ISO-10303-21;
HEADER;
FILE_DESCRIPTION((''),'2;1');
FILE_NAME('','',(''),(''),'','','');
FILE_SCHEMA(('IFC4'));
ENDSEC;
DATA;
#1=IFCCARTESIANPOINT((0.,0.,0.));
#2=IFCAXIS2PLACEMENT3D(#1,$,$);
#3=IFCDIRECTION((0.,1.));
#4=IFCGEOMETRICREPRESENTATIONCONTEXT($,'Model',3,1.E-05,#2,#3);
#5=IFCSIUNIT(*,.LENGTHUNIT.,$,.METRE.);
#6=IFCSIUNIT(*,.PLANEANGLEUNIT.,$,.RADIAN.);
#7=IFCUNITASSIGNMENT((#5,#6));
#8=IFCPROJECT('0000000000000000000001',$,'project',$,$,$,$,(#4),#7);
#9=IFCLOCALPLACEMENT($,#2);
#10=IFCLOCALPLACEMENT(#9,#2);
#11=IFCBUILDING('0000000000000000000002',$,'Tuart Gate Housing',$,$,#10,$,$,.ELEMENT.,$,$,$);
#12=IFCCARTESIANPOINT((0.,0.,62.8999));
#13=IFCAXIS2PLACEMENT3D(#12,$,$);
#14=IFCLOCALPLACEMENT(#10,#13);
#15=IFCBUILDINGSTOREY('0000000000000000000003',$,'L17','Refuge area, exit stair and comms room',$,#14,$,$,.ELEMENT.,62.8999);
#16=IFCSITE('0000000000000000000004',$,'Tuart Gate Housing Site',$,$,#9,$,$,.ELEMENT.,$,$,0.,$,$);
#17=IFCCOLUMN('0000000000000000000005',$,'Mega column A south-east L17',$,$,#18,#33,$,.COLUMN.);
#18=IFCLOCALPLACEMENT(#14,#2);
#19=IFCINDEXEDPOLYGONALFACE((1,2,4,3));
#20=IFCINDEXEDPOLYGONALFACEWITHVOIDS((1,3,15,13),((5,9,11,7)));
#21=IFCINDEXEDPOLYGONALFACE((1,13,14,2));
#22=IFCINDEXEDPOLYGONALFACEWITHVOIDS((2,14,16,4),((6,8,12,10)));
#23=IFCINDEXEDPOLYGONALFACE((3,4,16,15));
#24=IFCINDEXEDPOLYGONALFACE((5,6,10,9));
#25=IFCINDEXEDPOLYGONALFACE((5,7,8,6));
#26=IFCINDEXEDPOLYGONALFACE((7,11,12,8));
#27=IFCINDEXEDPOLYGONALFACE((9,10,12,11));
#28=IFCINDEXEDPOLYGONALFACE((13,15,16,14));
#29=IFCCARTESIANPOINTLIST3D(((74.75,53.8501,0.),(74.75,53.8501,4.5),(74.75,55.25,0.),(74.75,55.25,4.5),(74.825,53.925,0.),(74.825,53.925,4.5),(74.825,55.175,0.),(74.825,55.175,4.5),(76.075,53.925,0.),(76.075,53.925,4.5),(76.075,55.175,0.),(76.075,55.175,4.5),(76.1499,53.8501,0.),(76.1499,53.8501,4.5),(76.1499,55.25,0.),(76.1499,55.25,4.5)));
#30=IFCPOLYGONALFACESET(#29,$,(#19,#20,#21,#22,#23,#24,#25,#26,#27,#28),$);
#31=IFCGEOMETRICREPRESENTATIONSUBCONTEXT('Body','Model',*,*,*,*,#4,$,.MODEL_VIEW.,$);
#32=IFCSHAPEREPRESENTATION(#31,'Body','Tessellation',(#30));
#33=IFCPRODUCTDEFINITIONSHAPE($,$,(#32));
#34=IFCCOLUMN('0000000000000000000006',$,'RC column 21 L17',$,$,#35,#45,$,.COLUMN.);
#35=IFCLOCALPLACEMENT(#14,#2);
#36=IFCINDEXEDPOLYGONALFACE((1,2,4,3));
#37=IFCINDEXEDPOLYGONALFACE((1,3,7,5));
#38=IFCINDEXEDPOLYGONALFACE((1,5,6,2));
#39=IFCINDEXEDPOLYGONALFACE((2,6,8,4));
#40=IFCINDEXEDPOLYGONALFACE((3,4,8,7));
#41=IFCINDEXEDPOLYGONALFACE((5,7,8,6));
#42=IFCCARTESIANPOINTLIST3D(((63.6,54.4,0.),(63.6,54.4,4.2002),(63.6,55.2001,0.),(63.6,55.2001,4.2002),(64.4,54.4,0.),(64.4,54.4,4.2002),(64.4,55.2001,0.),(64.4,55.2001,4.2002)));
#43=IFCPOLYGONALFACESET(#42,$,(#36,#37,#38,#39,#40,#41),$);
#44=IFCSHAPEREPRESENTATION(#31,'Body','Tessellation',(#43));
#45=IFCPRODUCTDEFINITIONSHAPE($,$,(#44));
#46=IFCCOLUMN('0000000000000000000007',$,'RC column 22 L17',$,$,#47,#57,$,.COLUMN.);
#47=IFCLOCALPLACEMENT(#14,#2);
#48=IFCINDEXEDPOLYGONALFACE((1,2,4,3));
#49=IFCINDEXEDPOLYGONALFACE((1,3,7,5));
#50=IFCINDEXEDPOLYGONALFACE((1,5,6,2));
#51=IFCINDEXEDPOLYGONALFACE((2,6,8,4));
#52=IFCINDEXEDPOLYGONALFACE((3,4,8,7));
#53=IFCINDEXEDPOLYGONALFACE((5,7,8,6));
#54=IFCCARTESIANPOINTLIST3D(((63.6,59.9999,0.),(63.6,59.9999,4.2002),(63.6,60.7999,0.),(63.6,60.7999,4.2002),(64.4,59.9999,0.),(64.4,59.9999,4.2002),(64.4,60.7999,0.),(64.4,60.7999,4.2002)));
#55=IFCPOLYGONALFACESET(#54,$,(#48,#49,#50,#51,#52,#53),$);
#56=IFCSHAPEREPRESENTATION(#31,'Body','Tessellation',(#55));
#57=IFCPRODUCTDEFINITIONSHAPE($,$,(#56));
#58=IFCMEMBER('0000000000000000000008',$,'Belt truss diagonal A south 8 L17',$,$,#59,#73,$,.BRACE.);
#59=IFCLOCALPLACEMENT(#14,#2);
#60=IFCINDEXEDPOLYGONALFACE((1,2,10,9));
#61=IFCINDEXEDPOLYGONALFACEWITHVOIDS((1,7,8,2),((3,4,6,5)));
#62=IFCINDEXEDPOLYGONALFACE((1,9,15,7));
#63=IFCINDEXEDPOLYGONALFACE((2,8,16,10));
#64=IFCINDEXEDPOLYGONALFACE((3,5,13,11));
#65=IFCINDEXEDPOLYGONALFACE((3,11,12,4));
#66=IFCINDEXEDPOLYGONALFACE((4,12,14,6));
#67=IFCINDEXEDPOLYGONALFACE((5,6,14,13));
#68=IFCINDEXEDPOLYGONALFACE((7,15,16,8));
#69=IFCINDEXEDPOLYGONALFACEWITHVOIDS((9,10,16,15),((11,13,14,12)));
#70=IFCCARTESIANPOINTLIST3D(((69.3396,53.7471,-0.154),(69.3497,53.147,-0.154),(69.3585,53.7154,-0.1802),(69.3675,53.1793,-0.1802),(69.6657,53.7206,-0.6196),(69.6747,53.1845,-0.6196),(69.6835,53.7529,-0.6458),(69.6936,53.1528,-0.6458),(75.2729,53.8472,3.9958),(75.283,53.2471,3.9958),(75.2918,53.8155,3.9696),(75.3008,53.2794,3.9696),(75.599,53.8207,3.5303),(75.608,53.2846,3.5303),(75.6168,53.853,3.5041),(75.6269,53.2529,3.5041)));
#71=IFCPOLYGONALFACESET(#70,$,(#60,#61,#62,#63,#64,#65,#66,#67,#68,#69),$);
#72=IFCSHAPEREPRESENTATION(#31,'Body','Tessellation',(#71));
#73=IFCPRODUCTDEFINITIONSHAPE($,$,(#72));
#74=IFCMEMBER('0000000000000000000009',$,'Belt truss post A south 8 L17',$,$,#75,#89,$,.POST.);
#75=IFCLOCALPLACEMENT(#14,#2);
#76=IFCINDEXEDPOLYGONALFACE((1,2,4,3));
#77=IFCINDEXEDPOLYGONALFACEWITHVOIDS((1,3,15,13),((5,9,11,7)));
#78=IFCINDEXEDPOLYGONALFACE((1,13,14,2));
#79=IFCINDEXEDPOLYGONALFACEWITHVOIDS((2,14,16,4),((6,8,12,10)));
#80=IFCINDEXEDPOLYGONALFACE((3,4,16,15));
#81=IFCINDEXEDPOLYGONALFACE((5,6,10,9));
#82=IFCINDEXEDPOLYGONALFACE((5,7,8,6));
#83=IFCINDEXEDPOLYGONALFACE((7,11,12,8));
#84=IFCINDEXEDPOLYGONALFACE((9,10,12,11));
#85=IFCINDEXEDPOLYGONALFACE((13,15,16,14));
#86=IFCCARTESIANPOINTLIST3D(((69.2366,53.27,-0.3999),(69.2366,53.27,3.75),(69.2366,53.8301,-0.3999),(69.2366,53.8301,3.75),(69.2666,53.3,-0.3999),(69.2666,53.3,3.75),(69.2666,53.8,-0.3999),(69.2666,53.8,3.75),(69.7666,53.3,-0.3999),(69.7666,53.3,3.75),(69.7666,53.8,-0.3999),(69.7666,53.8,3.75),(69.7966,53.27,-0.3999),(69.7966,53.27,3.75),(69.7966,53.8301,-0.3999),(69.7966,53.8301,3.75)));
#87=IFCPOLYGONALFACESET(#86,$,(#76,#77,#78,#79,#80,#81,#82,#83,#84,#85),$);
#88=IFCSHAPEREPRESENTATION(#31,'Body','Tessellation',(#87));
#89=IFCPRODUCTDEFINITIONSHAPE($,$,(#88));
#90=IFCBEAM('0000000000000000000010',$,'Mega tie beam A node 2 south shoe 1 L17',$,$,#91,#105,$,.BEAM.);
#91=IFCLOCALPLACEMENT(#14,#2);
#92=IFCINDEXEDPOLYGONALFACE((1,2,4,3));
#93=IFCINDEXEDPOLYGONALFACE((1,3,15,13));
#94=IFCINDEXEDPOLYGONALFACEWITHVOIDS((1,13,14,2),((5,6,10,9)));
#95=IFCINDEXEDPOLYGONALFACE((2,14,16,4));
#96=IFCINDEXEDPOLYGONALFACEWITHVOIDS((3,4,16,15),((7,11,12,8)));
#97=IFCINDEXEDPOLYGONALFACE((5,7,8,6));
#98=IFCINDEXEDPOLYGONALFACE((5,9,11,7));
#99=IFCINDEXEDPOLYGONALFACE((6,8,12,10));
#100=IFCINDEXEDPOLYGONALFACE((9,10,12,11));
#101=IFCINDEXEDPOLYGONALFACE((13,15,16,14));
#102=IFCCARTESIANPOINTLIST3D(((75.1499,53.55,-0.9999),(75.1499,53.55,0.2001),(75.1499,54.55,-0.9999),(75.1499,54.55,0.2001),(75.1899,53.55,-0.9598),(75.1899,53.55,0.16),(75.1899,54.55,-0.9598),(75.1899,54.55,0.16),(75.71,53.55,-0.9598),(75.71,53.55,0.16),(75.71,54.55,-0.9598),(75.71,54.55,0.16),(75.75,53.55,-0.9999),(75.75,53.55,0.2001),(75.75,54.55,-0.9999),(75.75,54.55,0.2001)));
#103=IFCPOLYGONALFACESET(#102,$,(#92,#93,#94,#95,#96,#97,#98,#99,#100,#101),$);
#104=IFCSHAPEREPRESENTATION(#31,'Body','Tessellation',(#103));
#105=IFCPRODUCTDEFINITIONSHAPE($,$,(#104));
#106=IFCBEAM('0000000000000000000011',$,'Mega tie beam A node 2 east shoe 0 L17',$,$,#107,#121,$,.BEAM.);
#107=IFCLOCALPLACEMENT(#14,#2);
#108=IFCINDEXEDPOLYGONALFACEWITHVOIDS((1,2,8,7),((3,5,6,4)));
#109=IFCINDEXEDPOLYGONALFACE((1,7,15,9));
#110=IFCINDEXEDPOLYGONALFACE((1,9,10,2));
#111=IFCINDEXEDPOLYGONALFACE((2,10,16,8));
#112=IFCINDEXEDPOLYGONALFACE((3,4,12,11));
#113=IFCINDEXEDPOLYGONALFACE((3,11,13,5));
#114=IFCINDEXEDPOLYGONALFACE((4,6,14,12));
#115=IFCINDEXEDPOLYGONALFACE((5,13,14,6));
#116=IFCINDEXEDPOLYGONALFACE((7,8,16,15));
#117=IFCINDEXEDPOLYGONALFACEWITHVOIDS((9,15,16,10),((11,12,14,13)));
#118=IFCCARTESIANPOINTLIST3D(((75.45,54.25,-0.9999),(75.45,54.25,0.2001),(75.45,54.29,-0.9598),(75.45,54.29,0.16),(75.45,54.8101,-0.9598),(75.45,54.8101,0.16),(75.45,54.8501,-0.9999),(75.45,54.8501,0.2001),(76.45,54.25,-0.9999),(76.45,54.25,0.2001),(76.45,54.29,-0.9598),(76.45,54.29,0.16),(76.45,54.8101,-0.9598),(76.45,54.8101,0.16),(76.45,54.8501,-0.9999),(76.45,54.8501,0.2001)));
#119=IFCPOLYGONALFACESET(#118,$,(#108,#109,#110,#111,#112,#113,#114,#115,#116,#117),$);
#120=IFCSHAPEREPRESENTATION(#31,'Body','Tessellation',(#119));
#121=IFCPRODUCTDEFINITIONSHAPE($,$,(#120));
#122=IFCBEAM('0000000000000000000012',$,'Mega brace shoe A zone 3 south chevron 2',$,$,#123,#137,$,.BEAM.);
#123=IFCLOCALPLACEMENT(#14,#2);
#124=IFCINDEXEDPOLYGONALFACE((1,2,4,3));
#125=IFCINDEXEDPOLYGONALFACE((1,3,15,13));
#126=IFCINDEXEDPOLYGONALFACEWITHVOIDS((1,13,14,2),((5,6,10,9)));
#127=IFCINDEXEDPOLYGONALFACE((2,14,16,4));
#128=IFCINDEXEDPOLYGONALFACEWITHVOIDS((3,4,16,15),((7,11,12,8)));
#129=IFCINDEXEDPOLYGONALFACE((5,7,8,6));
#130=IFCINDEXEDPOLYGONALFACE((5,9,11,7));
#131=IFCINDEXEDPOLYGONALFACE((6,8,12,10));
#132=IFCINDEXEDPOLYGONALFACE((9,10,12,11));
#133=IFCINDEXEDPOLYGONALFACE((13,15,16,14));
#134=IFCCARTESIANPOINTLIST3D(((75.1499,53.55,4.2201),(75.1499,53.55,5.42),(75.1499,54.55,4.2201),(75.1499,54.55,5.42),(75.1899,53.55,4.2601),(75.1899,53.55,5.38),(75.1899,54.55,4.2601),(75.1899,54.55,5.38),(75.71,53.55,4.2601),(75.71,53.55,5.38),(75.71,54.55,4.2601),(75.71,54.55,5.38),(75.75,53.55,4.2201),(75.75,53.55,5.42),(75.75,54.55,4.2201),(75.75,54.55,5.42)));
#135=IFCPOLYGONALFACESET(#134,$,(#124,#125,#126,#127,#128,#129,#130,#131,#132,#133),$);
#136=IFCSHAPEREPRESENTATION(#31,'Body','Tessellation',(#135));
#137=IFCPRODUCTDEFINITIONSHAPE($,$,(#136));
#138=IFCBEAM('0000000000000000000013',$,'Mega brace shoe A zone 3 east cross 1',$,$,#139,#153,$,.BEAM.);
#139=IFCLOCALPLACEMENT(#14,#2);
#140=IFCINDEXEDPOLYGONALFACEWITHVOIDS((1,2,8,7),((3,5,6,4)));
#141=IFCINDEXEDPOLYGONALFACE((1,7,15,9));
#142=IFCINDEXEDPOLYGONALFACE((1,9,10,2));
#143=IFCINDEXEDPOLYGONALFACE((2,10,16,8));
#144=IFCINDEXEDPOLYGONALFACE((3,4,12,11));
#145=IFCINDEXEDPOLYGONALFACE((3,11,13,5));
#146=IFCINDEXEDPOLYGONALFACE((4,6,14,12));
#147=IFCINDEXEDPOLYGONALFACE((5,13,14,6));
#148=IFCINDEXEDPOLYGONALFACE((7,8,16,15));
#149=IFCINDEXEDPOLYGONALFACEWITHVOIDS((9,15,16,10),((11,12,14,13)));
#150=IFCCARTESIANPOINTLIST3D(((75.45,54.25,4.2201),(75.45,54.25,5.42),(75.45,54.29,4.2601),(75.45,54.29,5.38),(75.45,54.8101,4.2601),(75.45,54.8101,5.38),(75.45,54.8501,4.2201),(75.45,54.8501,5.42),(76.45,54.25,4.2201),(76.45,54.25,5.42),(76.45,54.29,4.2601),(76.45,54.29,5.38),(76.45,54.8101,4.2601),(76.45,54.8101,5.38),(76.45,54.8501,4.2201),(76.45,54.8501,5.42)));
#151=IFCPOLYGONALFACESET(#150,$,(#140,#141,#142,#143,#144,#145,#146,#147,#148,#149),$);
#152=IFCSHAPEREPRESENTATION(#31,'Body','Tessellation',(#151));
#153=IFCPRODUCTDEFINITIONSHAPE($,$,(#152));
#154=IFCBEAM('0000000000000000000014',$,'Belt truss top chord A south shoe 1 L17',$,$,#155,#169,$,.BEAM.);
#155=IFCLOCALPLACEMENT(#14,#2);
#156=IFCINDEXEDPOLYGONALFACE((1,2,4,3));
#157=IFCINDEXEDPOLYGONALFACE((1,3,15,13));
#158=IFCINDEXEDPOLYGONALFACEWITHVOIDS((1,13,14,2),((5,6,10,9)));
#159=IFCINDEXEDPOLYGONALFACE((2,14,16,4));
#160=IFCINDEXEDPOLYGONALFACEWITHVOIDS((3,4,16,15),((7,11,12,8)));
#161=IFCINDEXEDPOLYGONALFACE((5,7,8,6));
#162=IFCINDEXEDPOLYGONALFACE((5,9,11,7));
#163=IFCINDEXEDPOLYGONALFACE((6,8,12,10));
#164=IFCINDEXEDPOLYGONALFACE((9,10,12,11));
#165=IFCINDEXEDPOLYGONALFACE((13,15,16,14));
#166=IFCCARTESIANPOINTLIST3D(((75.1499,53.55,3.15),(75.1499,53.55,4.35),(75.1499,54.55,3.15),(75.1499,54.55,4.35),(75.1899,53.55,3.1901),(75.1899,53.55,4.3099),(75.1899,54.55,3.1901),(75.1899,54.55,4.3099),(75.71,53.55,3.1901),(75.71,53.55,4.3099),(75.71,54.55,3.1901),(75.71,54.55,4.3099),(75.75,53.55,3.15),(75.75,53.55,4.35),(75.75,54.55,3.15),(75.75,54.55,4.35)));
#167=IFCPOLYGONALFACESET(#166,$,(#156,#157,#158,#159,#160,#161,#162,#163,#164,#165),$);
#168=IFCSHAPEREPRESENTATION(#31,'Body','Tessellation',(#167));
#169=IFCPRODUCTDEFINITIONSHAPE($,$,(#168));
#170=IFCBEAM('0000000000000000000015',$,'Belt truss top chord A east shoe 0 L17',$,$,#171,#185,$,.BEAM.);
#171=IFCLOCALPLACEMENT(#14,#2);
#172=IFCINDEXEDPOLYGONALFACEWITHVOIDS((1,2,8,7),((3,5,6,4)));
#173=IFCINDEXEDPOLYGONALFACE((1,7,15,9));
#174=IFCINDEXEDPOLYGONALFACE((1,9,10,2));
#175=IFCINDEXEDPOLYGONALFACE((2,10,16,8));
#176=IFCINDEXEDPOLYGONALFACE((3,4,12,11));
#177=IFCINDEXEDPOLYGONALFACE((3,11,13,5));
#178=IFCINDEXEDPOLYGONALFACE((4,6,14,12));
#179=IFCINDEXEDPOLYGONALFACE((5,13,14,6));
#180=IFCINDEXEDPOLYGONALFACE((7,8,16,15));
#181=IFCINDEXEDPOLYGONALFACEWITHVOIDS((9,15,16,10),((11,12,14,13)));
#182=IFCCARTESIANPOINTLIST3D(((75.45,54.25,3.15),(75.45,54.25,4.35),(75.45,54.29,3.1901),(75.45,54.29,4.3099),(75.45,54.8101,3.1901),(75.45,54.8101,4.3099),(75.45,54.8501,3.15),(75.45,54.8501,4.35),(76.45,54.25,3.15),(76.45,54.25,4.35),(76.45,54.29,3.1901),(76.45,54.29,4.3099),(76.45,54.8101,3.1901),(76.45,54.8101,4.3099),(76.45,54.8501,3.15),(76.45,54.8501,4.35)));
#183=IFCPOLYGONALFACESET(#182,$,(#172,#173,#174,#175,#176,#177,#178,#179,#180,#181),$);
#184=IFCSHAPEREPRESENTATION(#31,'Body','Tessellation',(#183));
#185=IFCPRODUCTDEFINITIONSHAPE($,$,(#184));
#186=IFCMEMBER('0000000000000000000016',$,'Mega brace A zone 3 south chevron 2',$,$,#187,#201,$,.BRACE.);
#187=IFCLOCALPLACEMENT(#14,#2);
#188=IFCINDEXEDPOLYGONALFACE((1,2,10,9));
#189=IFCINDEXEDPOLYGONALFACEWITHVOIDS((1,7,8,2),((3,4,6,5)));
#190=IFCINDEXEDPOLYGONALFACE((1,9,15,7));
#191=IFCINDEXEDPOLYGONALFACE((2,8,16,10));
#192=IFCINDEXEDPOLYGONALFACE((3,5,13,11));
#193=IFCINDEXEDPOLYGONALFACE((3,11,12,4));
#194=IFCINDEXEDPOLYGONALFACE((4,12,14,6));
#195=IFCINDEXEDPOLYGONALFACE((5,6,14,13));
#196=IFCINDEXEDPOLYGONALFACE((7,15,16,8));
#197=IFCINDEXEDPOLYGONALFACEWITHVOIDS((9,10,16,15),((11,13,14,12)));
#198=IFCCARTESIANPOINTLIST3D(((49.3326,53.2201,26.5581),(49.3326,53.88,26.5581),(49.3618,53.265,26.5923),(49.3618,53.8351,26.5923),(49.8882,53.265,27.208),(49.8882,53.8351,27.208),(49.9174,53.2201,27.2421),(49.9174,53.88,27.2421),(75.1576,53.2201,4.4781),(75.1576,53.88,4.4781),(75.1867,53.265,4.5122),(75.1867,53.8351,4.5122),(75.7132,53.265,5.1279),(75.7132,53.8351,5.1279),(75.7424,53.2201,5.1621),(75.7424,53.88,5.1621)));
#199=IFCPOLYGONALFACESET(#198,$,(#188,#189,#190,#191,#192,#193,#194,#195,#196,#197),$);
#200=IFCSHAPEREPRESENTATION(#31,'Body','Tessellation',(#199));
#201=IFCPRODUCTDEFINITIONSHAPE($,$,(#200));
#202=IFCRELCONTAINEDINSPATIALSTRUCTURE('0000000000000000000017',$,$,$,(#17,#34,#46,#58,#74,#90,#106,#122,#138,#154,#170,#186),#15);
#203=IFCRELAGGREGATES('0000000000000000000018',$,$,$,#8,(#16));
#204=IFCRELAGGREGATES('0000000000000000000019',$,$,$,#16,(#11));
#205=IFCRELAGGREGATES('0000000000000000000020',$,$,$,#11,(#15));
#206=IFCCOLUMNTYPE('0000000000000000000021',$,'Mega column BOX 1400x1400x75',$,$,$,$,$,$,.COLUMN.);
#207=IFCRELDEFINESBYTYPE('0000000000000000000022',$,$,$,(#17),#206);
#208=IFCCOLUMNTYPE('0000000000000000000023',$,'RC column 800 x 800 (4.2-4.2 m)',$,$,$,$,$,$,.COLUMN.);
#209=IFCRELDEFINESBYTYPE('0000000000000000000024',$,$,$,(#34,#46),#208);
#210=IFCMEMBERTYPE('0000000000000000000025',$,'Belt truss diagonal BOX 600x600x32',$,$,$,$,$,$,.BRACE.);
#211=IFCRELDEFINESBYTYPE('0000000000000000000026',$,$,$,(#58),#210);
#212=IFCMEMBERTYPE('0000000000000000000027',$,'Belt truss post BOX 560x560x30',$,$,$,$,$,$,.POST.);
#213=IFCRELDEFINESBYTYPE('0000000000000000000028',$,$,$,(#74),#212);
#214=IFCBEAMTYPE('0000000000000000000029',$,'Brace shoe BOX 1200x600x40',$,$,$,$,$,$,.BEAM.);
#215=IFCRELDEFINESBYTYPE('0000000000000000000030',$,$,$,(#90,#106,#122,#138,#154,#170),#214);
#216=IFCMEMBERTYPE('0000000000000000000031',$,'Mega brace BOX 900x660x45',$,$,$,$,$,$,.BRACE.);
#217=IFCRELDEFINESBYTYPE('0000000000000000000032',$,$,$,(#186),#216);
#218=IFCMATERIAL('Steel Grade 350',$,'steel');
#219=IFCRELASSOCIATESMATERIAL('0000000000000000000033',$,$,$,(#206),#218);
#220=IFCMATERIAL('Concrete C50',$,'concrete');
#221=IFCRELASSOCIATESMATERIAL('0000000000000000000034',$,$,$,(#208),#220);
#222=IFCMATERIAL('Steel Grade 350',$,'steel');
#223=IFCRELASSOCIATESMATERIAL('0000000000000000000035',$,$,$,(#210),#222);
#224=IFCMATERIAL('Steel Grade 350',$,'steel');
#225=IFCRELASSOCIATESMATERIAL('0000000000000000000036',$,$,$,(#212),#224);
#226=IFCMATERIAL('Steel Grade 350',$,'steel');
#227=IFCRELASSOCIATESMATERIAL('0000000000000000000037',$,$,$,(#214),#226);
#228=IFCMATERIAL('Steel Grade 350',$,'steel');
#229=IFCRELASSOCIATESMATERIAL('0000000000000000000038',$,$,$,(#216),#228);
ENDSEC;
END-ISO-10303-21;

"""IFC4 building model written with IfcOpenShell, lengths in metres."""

from ifc_helpers import new_model, si_unit, direction, frame, origin, origin_2d, place, context, subcontext, project, spatial, rectangle, hollow_rectangle, extrude, material, material_profile, profile_set, type_object, element, save


model = new_model("IFC4")

# Units and contexts
model_context = context("Model", 3, precision=1e-05, world=origin(), true_north=direction((0.0, 1.0)))
body_context = subcontext(model_context, "Body", "Model", "MODEL_VIEW")
ifc_project = project(units=[si_unit("LENGTHUNIT", "METRE"), si_unit("PLANEANGLEUNIT", "RADIAN")], contexts=[model_context])

# Site, building, storey
site_placement = place(None, origin())
site = spatial("IfcSite", under=ifc_project, at=site_placement, Name="Tuart Gate Housing Site", CompositionType="ELEMENT", RefElevation=0.0)
building_placement = place(site_placement, origin())
building = spatial("IfcBuilding", under=site, at=building_placement, Name="Tuart Gate Housing", CompositionType="ELEMENT")
storey_placement = place(building_placement, frame((0.0, 0.0, 62.8999)))
storey = spatial("IfcBuildingStorey", under=building, at=storey_placement, Name="L17", Description="Refuge area, exit stair and comms room", CompositionType="ELEMENT", Elevation=62.8999)

# Columns
ifc_material_1 = material(Name="Steel Grade 350", Category="steel")
ifc_material_profile_1 = material_profile(ifc_material_1, hollow_rectangle(XDim=1.3999, YDim=1.3999, WallThickness=0.075, at=origin_2d()), Name="BOX 1400x1400x75")
ifc_profile_set_1 = profile_set([ifc_material_profile_1], Name="Steel Grade 350")
column_type_1 = type_object("IfcColumnType", Name="Mega column BOX 1400x1400x75", PredefinedType="COLUMN", material=ifc_profile_set_1)
column_placement = place(storey_placement, frame((75.45, 54.55, 0.0), z_axis=(0.0, 0.0, 1.0), x_axis=(1.0, 0.0, 0.0)))
element("IfcColumn", 1, at=column_placement, inside=storey, type_object=column_type_1, Name="Mega column A south-east L17", PredefinedType="COLUMN", context=body_context, shape_type="SweptSolid", body=[
    extrude(hollow_rectangle(XDim=1.3999, YDim=1.3999, WallThickness=0.075, at=origin_2d()), origin(), (0.0, 0.0, 1.0), 4.5),
])
ifc_material_2 = material(Name="Concrete C50", Category="concrete")
ifc_material_profile_2 = material_profile(ifc_material_2, rectangle(XDim=0.8, YDim=0.8, at=origin_2d()), Name="RC column 800 x 800 (4.2-4.2 m)")
ifc_profile_set_2 = profile_set([ifc_material_profile_2], Name="Concrete C50")
column_type_2 = type_object("IfcColumnType", Name="RC column 800 x 800 (4.2-4.2 m)", PredefinedType="COLUMN", material=ifc_profile_set_2)
for number, where, z_axis, x_axis, name in (
    (2, (64.0, 54.8, 0.0), (0.0, 0.0, 1.0), (1.0, 0.0, 0.0), "RC column 21 L17"),
    (3, (64.0, 60.3999, 0.0), (0.0, 0.0, 1.0), (1.0, 0.0, 0.0), "RC column 22 L17"),
):
    element("IfcColumn", number, at=place(storey_placement, frame(where, z_axis=z_axis, x_axis=x_axis)), inside=storey, type_object=column_type_2, Name=name, PredefinedType="COLUMN", context=body_context, shape_type="SweptSolid", body=[
        extrude(rectangle(XDim=0.8, YDim=0.8, at=origin_2d()), origin(), (0.0, 0.0, 1.0), 4.2002),
    ])

# Members
ifc_material_3 = material(Name="Steel Grade 350", Category="steel")
ifc_material_profile_3 = material_profile(ifc_material_3, hollow_rectangle(XDim=0.6001, YDim=0.6001, WallThickness=0.032, at=origin_2d()), Name="BOX 600x600x32")
ifc_profile_set_3 = profile_set([ifc_material_profile_3], Name="Steel Grade 350")
member_type_1 = type_object("IfcMemberType", Name="Belt truss diagonal BOX 600x600x32", PredefinedType="BRACE", material=ifc_profile_set_3)
member_1_placement = place(storey_placement, frame((69.5166, 53.45, -0.3999), z_axis=(0.819377, 0.013823, 0.573088), x_axis=(-0.016868, 0.999858, 0.0)))
element("IfcMember", 4, at=member_1_placement, inside=storey, type_object=member_type_1, Name="Belt truss diagonal A south 8 L17", PredefinedType="BRACE", context=body_context, shape_type="SweptSolid", body=[
    extrude(hollow_rectangle(XDim=0.6001, YDim=0.6001, WallThickness=0.032, at=origin_2d()), origin(), (0.0, 0.0, 1.0), 7.2412),
])
ifc_material_4 = material(Name="Steel Grade 350", Category="steel")
ifc_material_profile_4 = material_profile(ifc_material_4, hollow_rectangle(XDim=0.5601, YDim=0.5601, WallThickness=0.03, at=origin_2d()), Name="BOX 560x560x30")
ifc_profile_set_4 = profile_set([ifc_material_profile_4], Name="Steel Grade 350")
member_type_2 = type_object("IfcMemberType", Name="Belt truss post BOX 560x560x30", PredefinedType="POST", material=ifc_profile_set_4)
member_2_placement = place(storey_placement, frame((69.5166, 53.55, -0.3999), z_axis=(0.0, 0.0, 1.0), x_axis=(1.0, 0.0, 0.0)))
element("IfcMember", 5, at=member_2_placement, inside=storey, type_object=member_type_2, Name="Belt truss post A south 8 L17", PredefinedType="POST", context=body_context, shape_type="SweptSolid", body=[
    extrude(hollow_rectangle(XDim=0.5601, YDim=0.5601, WallThickness=0.03, at=origin_2d()), origin(), (0.0, 0.0, 1.0), 4.1499),
])

# Beams
ifc_material_5 = material(Name="Steel Grade 350", Category="steel")
ifc_material_profile_5 = material_profile(ifc_material_5, hollow_rectangle(XDim=0.6001, YDim=1.2, WallThickness=0.04, at=origin_2d()), Name="BOX 1200x600x40")
ifc_profile_set_5 = profile_set([ifc_material_profile_5], Name="Steel Grade 350")
beam_type_1 = type_object("IfcBeamType", Name="Brace shoe BOX 1200x600x40", PredefinedType="BEAM", material=ifc_profile_set_5)
for number, where, z_axis, x_axis, name in (
    (6, (75.45, 54.55, -0.3999), (0.0, -1.0, 0.0), (1.0, 0.0, 0.0), "Mega tie beam A node 2 south shoe 1 L17"),
    (7, (75.45, 54.55, -0.3999), (1.0, 0.0, 0.0), (0.0, 1.0, 0.0), "Mega tie beam A node 2 east shoe 0 L17"),
    (8, (75.45, 54.55, 4.8201), (0.0, -1.0, 0.0), (1.0, 0.0, 0.0), "Mega brace shoe A zone 3 south chevron 2"),
    (9, (75.45, 54.55, 4.8201), (1.0, 0.0, 0.0), (0.0, 1.0, 0.0), "Mega brace shoe A zone 3 east cross 1"),
    (10, (75.45, 54.55, 3.75), (0.0, -1.0, 0.0), (1.0, 0.0, 0.0), "Belt truss top chord A south shoe 1 L17"),
    (11, (75.45, 54.55, 3.75), (1.0, 0.0, 0.0), (0.0, 1.0, 0.0), "Belt truss top chord A east shoe 0 L17"),
):
    element("IfcBeam", number, at=place(storey_placement, frame(where, z_axis=z_axis, x_axis=x_axis)), inside=storey, type_object=beam_type_1, Name=name, PredefinedType="BEAM", context=body_context, shape_type="SweptSolid", body=[
        extrude(hollow_rectangle(XDim=0.6001, YDim=1.2, WallThickness=0.04, at=origin_2d()), origin(), (0.0, 0.0, 1.0), 1.0),
    ])

# Member
ifc_material_6 = material(Name="Steel Grade 350", Category="steel")
ifc_material_profile_6 = material_profile(ifc_material_6, hollow_rectangle(XDim=0.6599, YDim=0.8999, WallThickness=0.0449, at=origin_2d()), Name="BOX 900x660x45")
ifc_profile_set_6 = profile_set([ifc_material_profile_6], Name="Steel Grade 350")
member_type_3 = type_object("IfcMemberType", Name="Mega brace BOX 900x660x45", PredefinedType="BRACE", material=ifc_profile_set_6)
member_3_placement = place(storey_placement, frame((75.45, 53.55, 4.8201), z_axis=(-0.760065, 0.0, 0.649848), x_axis=(0.0, -1.0, 0.0)))
element("IfcMember", 12, at=member_3_placement, inside=storey, type_object=member_type_3, Name="Mega brace A zone 3 south chevron 2", PredefinedType="BRACE", context=body_context, shape_type="SweptSolid", body=[
    extrude(hollow_rectangle(XDim=0.6599, YDim=0.8999, WallThickness=0.0449, at=origin_2d()), origin(), (0.0, 0.0, 1.0), 33.9773),
])

save(model, "model.ifc")
